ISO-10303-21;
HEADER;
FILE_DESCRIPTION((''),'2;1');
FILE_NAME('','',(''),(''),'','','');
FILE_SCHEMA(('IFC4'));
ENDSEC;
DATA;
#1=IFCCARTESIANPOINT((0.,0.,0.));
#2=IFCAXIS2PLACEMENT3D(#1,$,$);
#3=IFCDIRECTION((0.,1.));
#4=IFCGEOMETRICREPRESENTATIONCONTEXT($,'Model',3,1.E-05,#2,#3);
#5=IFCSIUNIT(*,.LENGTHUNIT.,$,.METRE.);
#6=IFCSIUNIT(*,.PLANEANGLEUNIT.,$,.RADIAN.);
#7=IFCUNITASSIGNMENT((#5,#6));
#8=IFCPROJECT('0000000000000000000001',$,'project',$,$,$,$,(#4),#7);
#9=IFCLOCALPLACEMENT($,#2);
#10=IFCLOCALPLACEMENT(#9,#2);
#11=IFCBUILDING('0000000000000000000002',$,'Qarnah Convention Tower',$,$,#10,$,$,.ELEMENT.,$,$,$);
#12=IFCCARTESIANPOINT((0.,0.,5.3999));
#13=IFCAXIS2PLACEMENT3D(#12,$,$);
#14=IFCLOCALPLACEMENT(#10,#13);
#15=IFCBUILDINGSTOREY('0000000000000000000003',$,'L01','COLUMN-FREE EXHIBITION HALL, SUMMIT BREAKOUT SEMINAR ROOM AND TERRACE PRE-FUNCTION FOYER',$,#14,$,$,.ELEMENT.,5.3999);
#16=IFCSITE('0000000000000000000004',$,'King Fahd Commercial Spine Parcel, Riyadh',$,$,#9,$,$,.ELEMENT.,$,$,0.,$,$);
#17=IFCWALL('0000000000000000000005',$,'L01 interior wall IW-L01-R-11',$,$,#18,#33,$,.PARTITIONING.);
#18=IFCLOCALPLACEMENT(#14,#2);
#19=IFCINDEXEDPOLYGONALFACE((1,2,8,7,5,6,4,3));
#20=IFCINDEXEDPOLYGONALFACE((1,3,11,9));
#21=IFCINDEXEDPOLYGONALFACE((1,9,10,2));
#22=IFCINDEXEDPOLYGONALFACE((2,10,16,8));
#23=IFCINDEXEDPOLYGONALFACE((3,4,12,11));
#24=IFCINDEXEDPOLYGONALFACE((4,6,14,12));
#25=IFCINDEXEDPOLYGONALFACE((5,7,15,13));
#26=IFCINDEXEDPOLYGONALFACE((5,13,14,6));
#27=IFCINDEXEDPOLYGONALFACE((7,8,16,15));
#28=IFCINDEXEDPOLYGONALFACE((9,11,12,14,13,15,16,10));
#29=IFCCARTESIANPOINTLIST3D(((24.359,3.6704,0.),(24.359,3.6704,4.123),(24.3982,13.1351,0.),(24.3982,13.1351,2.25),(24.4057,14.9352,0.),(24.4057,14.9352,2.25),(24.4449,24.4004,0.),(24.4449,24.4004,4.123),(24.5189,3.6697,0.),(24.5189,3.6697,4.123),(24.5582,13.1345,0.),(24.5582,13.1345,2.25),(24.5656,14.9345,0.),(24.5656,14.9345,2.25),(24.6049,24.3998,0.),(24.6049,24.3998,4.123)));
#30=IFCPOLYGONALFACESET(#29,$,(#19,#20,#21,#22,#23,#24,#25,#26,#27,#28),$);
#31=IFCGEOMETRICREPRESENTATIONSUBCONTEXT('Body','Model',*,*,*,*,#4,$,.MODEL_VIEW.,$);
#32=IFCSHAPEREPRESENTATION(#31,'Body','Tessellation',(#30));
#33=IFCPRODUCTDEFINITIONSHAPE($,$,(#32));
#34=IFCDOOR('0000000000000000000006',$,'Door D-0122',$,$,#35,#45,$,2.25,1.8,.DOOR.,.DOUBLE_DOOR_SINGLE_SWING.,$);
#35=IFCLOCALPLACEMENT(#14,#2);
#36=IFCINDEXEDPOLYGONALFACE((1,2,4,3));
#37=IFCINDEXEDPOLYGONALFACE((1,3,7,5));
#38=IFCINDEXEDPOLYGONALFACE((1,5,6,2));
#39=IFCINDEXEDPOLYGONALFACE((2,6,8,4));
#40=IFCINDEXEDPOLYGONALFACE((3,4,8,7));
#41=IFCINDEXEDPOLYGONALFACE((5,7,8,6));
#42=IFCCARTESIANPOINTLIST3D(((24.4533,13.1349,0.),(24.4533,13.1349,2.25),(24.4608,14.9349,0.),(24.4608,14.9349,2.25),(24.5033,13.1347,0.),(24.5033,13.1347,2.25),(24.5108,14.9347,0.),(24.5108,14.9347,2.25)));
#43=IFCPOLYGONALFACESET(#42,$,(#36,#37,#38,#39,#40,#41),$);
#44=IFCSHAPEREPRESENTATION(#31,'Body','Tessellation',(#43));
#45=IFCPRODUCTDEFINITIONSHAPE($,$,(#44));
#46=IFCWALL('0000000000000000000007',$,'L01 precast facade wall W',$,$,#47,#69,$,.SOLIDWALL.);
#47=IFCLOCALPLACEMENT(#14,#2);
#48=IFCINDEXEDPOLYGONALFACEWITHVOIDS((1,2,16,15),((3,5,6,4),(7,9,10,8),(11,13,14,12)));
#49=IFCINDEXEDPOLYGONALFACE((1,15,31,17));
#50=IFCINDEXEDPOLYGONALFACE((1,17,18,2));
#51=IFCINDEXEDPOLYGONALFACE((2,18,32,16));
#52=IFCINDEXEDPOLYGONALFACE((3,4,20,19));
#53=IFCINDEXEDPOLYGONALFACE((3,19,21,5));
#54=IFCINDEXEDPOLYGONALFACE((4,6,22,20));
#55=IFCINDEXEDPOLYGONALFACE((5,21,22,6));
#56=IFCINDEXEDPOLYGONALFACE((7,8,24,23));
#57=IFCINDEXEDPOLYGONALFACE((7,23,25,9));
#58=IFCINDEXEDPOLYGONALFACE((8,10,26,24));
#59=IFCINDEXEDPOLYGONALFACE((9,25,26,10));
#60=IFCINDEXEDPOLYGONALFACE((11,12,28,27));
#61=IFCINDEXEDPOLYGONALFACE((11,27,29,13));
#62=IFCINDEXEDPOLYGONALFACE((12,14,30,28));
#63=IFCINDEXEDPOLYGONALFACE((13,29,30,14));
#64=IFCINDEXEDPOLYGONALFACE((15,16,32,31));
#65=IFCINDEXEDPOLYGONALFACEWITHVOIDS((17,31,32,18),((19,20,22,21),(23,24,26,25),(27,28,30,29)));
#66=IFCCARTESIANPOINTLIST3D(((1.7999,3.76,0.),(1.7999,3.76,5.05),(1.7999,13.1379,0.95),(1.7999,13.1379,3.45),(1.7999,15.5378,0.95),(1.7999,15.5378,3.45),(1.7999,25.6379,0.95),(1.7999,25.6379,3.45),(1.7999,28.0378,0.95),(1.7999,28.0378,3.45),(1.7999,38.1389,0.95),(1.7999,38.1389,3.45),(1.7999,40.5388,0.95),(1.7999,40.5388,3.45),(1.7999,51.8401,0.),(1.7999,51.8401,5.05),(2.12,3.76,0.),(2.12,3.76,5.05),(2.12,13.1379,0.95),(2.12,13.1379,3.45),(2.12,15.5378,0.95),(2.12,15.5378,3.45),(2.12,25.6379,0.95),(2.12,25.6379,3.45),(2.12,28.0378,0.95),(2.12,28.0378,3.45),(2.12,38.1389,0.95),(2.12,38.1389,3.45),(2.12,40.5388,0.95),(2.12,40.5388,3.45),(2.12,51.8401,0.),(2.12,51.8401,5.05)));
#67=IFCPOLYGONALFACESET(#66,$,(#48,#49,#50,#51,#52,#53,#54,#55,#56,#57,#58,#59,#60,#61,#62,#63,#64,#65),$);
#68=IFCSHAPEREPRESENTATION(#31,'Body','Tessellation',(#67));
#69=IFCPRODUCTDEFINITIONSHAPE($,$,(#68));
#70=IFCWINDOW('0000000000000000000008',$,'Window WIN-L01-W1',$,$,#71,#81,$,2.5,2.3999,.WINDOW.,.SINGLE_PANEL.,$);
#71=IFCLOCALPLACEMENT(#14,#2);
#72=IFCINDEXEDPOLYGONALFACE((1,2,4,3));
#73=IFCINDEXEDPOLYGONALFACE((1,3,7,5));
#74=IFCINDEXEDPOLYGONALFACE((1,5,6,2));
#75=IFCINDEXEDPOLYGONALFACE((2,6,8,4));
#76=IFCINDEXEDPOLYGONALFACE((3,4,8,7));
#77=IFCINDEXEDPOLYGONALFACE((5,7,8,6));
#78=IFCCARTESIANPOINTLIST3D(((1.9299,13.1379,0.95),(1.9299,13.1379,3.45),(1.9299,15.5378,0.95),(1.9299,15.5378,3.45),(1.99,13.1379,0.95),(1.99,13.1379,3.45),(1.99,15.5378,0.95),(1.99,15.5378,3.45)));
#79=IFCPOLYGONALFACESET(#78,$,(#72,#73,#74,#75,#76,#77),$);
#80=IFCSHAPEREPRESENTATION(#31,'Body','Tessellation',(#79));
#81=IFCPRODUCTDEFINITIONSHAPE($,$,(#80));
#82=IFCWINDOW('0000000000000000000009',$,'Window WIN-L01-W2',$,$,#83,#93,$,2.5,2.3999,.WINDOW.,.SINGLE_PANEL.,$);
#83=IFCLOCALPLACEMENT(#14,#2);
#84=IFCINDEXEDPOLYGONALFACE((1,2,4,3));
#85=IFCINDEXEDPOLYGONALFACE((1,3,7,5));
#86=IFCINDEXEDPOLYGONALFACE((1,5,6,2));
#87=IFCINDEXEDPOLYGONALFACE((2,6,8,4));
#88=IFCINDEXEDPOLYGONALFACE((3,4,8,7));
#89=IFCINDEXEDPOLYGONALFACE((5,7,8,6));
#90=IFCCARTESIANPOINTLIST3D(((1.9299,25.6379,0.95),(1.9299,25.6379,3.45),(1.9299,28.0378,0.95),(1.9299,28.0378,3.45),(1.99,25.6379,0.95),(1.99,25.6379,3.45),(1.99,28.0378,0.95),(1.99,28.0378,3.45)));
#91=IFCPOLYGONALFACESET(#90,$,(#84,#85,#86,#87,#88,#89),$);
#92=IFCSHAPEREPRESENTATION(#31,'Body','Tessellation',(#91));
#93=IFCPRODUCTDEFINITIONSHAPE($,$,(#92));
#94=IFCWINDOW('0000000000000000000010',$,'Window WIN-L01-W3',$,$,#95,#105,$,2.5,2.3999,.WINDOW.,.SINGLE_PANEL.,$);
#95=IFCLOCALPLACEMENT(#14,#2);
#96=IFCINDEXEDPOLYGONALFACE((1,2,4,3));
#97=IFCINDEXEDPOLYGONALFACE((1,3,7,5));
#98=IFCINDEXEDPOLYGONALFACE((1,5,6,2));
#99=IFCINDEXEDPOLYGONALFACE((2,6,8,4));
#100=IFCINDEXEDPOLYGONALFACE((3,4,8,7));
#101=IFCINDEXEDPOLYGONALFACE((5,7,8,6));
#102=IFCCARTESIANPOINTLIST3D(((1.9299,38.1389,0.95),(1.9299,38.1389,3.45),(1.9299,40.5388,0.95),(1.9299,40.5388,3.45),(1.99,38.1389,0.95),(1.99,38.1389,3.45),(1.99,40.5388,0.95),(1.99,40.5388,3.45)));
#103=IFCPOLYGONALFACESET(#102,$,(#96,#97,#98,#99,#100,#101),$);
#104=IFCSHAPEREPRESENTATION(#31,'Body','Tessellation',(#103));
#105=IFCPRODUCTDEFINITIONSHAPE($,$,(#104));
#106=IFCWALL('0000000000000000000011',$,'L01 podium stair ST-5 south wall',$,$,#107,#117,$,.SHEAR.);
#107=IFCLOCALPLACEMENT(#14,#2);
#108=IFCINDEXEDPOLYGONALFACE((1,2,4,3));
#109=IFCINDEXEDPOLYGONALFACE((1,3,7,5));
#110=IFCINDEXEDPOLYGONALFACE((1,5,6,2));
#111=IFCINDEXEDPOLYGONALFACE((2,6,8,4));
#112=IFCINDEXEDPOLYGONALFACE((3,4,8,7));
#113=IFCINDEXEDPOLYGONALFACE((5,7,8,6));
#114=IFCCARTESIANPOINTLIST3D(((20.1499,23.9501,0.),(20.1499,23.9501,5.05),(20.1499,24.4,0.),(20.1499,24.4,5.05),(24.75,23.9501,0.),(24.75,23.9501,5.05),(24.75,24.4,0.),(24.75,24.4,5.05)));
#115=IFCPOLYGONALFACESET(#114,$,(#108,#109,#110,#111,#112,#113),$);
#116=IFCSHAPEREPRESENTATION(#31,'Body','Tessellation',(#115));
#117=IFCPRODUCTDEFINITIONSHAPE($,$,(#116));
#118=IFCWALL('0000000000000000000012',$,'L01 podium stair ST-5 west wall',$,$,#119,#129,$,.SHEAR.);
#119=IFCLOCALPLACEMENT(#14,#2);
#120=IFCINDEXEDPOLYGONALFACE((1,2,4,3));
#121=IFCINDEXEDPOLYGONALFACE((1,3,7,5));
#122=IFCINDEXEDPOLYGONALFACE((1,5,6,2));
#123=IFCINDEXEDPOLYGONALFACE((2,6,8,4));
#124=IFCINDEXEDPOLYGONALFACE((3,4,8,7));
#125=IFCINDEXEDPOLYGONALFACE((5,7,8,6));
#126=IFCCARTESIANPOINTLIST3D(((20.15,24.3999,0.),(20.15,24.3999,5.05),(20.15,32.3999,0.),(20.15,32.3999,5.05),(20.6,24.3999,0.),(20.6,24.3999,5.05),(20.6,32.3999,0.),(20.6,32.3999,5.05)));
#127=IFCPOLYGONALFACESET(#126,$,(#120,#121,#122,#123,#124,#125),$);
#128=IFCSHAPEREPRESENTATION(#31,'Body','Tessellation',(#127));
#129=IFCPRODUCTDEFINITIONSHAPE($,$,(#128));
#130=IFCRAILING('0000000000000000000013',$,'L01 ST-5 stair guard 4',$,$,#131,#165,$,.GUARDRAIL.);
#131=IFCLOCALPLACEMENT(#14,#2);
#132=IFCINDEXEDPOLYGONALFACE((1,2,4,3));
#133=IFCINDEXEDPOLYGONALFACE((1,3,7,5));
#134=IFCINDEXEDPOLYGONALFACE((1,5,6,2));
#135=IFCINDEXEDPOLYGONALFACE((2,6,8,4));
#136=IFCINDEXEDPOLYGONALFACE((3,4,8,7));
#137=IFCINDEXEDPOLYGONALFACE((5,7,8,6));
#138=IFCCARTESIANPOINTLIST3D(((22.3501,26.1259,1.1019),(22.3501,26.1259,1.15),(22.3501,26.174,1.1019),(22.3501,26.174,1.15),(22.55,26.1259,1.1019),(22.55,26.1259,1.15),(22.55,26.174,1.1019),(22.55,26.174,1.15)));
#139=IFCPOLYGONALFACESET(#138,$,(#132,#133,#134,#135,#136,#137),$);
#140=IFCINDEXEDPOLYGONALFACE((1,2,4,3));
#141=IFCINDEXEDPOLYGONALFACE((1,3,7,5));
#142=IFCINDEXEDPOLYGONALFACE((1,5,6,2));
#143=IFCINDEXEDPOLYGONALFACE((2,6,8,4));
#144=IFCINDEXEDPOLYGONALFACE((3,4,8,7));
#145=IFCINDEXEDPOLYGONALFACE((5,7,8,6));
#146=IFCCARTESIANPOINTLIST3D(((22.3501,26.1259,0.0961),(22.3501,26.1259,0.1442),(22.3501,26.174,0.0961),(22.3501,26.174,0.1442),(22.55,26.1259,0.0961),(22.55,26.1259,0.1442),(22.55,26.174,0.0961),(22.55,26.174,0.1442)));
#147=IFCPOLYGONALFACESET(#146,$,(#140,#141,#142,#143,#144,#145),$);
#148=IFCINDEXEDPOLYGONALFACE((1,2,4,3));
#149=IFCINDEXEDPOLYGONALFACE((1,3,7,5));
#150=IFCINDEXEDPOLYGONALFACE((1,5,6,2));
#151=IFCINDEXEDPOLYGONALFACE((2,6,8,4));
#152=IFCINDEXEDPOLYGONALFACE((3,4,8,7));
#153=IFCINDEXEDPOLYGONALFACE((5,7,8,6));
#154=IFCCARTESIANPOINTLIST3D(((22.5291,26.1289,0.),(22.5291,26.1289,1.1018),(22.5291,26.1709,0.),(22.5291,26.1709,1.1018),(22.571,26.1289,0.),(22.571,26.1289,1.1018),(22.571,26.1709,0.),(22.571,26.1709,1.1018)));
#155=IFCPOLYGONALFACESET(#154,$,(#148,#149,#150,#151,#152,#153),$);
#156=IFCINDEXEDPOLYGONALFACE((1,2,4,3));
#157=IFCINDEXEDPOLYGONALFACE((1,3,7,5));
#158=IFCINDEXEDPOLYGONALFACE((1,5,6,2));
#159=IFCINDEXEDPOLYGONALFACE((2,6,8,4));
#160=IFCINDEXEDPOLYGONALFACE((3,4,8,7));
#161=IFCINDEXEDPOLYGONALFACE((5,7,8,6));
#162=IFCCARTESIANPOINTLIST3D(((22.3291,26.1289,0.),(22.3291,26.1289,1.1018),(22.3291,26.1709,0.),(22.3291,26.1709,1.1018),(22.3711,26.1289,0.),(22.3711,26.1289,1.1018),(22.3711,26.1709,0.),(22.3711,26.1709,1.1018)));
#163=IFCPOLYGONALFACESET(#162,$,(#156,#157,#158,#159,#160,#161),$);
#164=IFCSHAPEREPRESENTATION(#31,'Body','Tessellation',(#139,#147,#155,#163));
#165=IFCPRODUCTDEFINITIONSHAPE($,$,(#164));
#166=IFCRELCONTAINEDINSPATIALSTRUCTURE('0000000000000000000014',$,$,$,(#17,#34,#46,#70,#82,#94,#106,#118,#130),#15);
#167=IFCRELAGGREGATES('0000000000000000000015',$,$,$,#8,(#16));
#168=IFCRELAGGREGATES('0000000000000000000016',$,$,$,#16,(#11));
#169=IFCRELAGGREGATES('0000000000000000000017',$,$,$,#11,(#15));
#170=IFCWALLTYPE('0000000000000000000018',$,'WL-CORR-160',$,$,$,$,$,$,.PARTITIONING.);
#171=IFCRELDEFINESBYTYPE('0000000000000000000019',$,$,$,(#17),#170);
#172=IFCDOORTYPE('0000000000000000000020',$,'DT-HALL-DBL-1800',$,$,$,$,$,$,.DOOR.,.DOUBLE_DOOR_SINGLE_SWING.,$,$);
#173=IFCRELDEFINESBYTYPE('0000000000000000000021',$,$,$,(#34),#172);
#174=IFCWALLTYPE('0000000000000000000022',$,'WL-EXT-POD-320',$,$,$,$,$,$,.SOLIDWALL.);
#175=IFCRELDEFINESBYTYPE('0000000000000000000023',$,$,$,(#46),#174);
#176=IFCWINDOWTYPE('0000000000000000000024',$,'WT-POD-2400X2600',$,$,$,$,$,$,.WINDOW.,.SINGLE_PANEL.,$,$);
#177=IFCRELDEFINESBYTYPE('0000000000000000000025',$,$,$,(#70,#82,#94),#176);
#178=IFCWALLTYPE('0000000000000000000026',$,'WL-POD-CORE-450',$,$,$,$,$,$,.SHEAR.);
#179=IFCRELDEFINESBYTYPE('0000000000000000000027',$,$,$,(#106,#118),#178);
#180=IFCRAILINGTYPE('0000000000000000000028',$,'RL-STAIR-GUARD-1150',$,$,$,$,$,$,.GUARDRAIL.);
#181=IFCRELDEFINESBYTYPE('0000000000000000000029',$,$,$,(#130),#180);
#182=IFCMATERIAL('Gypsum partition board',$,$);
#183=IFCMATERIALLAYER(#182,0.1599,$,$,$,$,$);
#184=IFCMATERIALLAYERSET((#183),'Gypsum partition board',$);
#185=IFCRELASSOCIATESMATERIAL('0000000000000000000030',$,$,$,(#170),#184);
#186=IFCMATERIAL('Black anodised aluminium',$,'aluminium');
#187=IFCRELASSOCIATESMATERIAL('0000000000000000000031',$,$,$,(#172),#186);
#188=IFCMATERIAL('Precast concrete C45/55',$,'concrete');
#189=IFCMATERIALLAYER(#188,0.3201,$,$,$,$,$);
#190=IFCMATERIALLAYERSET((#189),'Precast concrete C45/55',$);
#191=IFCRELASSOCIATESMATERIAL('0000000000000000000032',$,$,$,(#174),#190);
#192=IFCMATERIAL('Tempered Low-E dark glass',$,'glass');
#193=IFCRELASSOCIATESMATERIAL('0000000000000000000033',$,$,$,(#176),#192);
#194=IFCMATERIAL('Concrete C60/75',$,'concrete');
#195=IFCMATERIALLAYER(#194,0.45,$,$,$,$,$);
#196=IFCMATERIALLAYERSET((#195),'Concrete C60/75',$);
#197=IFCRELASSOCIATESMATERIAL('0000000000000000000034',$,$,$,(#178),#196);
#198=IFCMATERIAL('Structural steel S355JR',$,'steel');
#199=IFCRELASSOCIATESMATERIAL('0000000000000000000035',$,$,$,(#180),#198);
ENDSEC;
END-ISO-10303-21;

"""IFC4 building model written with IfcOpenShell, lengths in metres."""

from ifc_helpers import new_model, si_unit, direction, frame, frame_2d, origin, origin_2d, place, context, subcontext, project, spatial, rectangle, extrude, material, layer, layer_set, type_object, element, fill, save


model = new_model("IFC4")

# Units and contexts
model_context = context("Model", 3, precision=1e-05, world=origin(), true_north=direction((0.0, 1.0)))
body_context = subcontext(model_context, "Body", "Model", "MODEL_VIEW")
ifc_project = project(units=[si_unit("LENGTHUNIT", "METRE"), si_unit("PLANEANGLEUNIT", "RADIAN")], contexts=[model_context])

# Site, building, storey
site_placement = place(None, origin())
site = spatial("IfcSite", under=ifc_project, at=site_placement, Name="King Fahd Commercial Spine Parcel, Riyadh", CompositionType="ELEMENT", RefElevation=0.0)
building_placement = place(site_placement, origin())
building = spatial("IfcBuilding", under=site, at=building_placement, Name="Qarnah Convention Tower", CompositionType="ELEMENT")
storey_placement = place(building_placement, frame((0.0, 0.0, 5.3999)))
storey = spatial("IfcBuildingStorey", under=building, at=storey_placement, Name="L01", Description="COLUMN-FREE EXHIBITION HALL, SUMMIT BREAKOUT SEMINAR ROOM AND TERRACE PRE-FUNCTION FOYER", CompositionType="ELEMENT", Elevation=5.3999)

# Shared definitions
ifc_material_1 = material(Name="Concrete C60/75", Category="concrete")

# Shared definitions
ifc_material_2 = material(Name="Structural steel S355JR", Category="steel")

# Shared definitions
ifc_material_3 = material(Name="Tempered Low-E dark glass", Category="glass")

# Wall, opening, door
ifc_material_4 = material(Name="Gypsum partition board")
ifc_layer_1 = layer(ifc_material_4, 0.1599)
ifc_layer_set_1 = layer_set([ifc_layer_1], Name="Gypsum partition board")
wall_type_1 = type_object("IfcWallType", Name="WL-CORR-160", PredefinedType="PARTITIONING", material=ifc_layer_set_1)
wall_1_placement = place(storey_placement, frame((24.439, 3.6699, 0.0), z_axis=(0.0, 0.0, 1.0), x_axis=(0.004146, 0.999991, 0.0)))
wall_1 = element("IfcWall", 1, at=wall_1_placement, inside=storey, type_object=wall_type_1, Name="L01 interior wall IW-L01-R-11", PredefinedType="PARTITIONING", context=body_context, shape_type="SweptSolid", body=[
    extrude(rectangle(XDim=20.7302, YDim=0.1599, at=frame_2d((10.3652, 0.0))), origin(), (0.0, 0.0, 1.0), 4.123),
])
opening_1_placement = place(wall_1_placement, frame((9.4651, 0.0, 0.0)))
opening_1 = element("IfcOpeningElement", 2, at=opening_1_placement, cuts=wall_1, PredefinedType="OPENING", context=body_context, shape_type="SweptSolid", body=[
    extrude(rectangle(XDim=1.8, YDim=2.25, at=frame_2d((0.8999, 1.125))), frame((0.0, 0.0898, 0.0), z_axis=(0.0, -1.0, 0.0), x_axis=(1.0, 0.0, 0.0)), (0.0, 0.0, 1.0), 0.1799),
])
ifc_material_5 = material(Name="Black anodised aluminium", Category="aluminium")
door_type_1 = type_object("IfcDoorType", Name="DT-HALL-DBL-1800", OperationType="DOUBLE_DOOR_SINGLE_SWING", PredefinedType="DOOR", material=ifc_material_5)
door_1_placement = place(opening_1_placement, origin())
door_1 = element("IfcDoor", 3, at=door_1_placement, inside=storey, type_object=door_type_1, Name="Door D-0122", OperationType="DOUBLE_DOOR_SINGLE_SWING", OverallHeight=2.25, OverallWidth=1.8, PredefinedType="DOOR", context=body_context, shape_type="SweptSolid", body=[
    extrude(rectangle(XDim=1.8, YDim=2.25, at=frame_2d((0.8999, 1.125))), frame((0.0, 0.0249, 0.0), z_axis=(0.0, -1.0, 0.0), x_axis=(1.0, 0.0, 0.0)), (0.0, 0.0, 1.0), 0.05),
])
fill(opening_1, door_1)

# Wall, openings, windows
ifc_material_6 = material(Name="Precast concrete C45/55", Category="concrete")
ifc_layer_2 = layer(ifc_material_6, 0.3201)
ifc_layer_set_2 = layer_set([ifc_layer_2], Name="Precast concrete C45/55")
wall_type_2 = type_object("IfcWallType", Name="WL-EXT-POD-320", PredefinedType="SOLIDWALL", material=ifc_layer_set_2)
wall_2_placement = place(storey_placement, frame((1.96, 3.76, 0.0), z_axis=(0.0, 0.0, 1.0), x_axis=(0.0, 1.0, 0.0)))
wall_2 = element("IfcWall", 4, at=wall_2_placement, inside=storey, type_object=wall_type_2, Name="L01 precast facade wall W", PredefinedType="SOLIDWALL", context=body_context, shape_type="SweptSolid", body=[
    extrude(rectangle(XDim=48.0801, YDim=0.3201, at=frame_2d((24.04, 0.0))), origin(), (0.0, 0.0, 1.0), 5.05),
])
opening_2_placement = place(wall_2_placement, frame((9.3779, 0.0, 0.95)))
opening_2 = element("IfcOpeningElement", 5, at=opening_2_placement, cuts=wall_2, PredefinedType="OPENING", context=body_context, shape_type="SweptSolid", body=[
    extrude(rectangle(XDim=2.3999, YDim=2.5, at=frame_2d((1.2, 1.25))), frame((0.0, 0.1699, 0.0), z_axis=(0.0, -1.0, 0.0), x_axis=(1.0, 0.0, 0.0)), (0.0, 0.0, 1.0), 0.3401),
])
opening_3_placement = place(wall_2_placement, frame((21.8779, 0.0, 0.95)))
opening_3 = element("IfcOpeningElement", 6, at=opening_3_placement, cuts=wall_2, PredefinedType="OPENING", context=body_context, shape_type="SweptSolid", body=[
    extrude(rectangle(XDim=2.3999, YDim=2.5, at=frame_2d((1.2, 1.25))), frame((0.0, 0.1699, 0.0), z_axis=(0.0, -1.0, 0.0), x_axis=(1.0, 0.0, 0.0)), (0.0, 0.0, 1.0), 0.3401),
])
opening_4_placement = place(wall_2_placement, frame((34.3789, 0.0, 0.95)))
opening_4 = element("IfcOpeningElement", 7, at=opening_4_placement, cuts=wall_2, PredefinedType="OPENING", context=body_context, shape_type="SweptSolid", body=[
    extrude(rectangle(XDim=2.3999, YDim=2.5, at=frame_2d((1.2, 1.25))), frame((0.0, 0.1699, 0.0), z_axis=(0.0, -1.0, 0.0), x_axis=(1.0, 0.0, 0.0)), (0.0, 0.0, 1.0), 0.3401),
])
window_type_1 = type_object("IfcWindowType", Name="WT-POD-2400X2600", PartitioningType="SINGLE_PANEL", PredefinedType="WINDOW", material=ifc_material_3)
window_1_placement = place(opening_2_placement, origin())
window_1 = element("IfcWindow", 8, at=window_1_placement, inside=storey, type_object=window_type_1, Name="Window WIN-L01-W1", OverallHeight=2.5, OverallWidth=2.3999, PartitioningType="SINGLE_PANEL", PredefinedType="WINDOW", context=body_context, shape_type="SweptSolid", body=[
    extrude(rectangle(XDim=2.3999, YDim=2.5, at=frame_2d((1.2, 1.25))), frame((0.0, 0.03, 0.0), z_axis=(0.0, -1.0, 0.0), x_axis=(1.0, 0.0, 0.0)), (0.0, 0.0, 1.0), 0.0601),
])
fill(opening_2, window_1)
window_2_placement = place(opening_3_placement, origin())
window_2 = element("IfcWindow", 9, at=window_2_placement, inside=storey, type_object=window_type_1, Name="Window WIN-L01-W2", OverallHeight=2.5, OverallWidth=2.3999, PartitioningType="SINGLE_PANEL", PredefinedType="WINDOW", context=body_context, shape_type="SweptSolid", body=[
    extrude(rectangle(XDim=2.3999, YDim=2.5, at=frame_2d((1.2, 1.25))), frame((0.0, 0.03, 0.0), z_axis=(0.0, -1.0, 0.0), x_axis=(1.0, 0.0, 0.0)), (0.0, 0.0, 1.0), 0.0601),
])
fill(opening_3, window_2)
window_3_placement = place(opening_4_placement, origin())
window_3 = element("IfcWindow", 10, at=window_3_placement, inside=storey, type_object=window_type_1, Name="Window WIN-L01-W3", OverallHeight=2.5, OverallWidth=2.3999, PartitioningType="SINGLE_PANEL", PredefinedType="WINDOW", context=body_context, shape_type="SweptSolid", body=[
    extrude(rectangle(XDim=2.3999, YDim=2.5, at=frame_2d((1.2, 1.25))), frame((0.0, 0.03, 0.0), z_axis=(0.0, -1.0, 0.0), x_axis=(1.0, 0.0, 0.0)), (0.0, 0.0, 1.0), 0.0601),
])
fill(opening_4, window_3)

# Walls
ifc_layer_3 = layer(ifc_material_1, 0.45)
ifc_layer_set_3 = layer_set([ifc_layer_3], Name="Concrete C60/75")
wall_type_3 = type_object("IfcWallType", Name="WL-POD-CORE-450", PredefinedType="SHEAR", material=ifc_layer_set_3)
wall_3_placement = place(storey_placement, frame((20.1499, 24.175, 0.0), z_axis=(0.0, 0.0, 1.0), x_axis=(1.0, 0.0, 0.0)))
element("IfcWall", 11, at=wall_3_placement, inside=storey, type_object=wall_type_3, Name="L01 podium stair ST-5 south wall", PredefinedType="SHEAR", context=body_context, shape_type="SweptSolid", body=[
    extrude(rectangle(XDim=4.6001, YDim=0.45, at=frame_2d((2.3, 0.0))), origin(), (0.0, 0.0, 1.0), 5.05),
])
wall_4_placement = place(storey_placement, frame((20.375, 24.3999, 0.0), z_axis=(0.0, 0.0, 1.0), x_axis=(0.0, 1.0, 0.0)))
element("IfcWall", 12, at=wall_4_placement, inside=storey, type_object=wall_type_3, Name="L01 podium stair ST-5 west wall", PredefinedType="SHEAR", context=body_context, shape_type="SweptSolid", body=[
    extrude(rectangle(XDim=8.0, YDim=0.45, at=frame_2d((4.0, 0.0))), origin(), (0.0, 0.0, 1.0), 5.05),
])

# Railing
railing_type_1 = type_object("IfcRailingType", Name="RL-STAIR-GUARD-1150", PredefinedType="GUARDRAIL", material=ifc_material_2)
railing_1_placement = place(storey_placement, frame((22.55, 26.1499, 0.0)))
element("IfcRailing", 13, at=railing_1_placement, inside=storey, type_object=railing_type_1, Name="L01 ST-5 stair guard 4", PredefinedType="GUARDRAIL", context=body_context, shape_type="SweptSolid", body=[
    extrude(rectangle(XDim=0.0481, YDim=0.0481, at=origin_2d()), frame((0.0, 0.0, 1.126), z_axis=(-1.0, 0.0, 0.0), x_axis=(0.0, -1.0, 0.0)), (0.0, 0.0, 1.0), 0.2),
    extrude(rectangle(XDim=0.0481, YDim=0.0481, at=origin_2d()), frame((0.0, 0.0, 0.1201), z_axis=(-1.0, 0.0, 0.0), x_axis=(0.0, -1.0, 0.0)), (0.0, 0.0, 1.0), 0.2),
    extrude(rectangle(XDim=0.042, YDim=0.042, at=origin_2d()), origin(), (0.0, 0.0, 1.0), 1.1018),
    extrude(rectangle(XDim=0.042, YDim=0.042, at=origin_2d()), frame((-0.2, 0.0, 0.0)), (0.0, 0.0, 1.0), 1.1018),
])

save(model, "model.ifc")
